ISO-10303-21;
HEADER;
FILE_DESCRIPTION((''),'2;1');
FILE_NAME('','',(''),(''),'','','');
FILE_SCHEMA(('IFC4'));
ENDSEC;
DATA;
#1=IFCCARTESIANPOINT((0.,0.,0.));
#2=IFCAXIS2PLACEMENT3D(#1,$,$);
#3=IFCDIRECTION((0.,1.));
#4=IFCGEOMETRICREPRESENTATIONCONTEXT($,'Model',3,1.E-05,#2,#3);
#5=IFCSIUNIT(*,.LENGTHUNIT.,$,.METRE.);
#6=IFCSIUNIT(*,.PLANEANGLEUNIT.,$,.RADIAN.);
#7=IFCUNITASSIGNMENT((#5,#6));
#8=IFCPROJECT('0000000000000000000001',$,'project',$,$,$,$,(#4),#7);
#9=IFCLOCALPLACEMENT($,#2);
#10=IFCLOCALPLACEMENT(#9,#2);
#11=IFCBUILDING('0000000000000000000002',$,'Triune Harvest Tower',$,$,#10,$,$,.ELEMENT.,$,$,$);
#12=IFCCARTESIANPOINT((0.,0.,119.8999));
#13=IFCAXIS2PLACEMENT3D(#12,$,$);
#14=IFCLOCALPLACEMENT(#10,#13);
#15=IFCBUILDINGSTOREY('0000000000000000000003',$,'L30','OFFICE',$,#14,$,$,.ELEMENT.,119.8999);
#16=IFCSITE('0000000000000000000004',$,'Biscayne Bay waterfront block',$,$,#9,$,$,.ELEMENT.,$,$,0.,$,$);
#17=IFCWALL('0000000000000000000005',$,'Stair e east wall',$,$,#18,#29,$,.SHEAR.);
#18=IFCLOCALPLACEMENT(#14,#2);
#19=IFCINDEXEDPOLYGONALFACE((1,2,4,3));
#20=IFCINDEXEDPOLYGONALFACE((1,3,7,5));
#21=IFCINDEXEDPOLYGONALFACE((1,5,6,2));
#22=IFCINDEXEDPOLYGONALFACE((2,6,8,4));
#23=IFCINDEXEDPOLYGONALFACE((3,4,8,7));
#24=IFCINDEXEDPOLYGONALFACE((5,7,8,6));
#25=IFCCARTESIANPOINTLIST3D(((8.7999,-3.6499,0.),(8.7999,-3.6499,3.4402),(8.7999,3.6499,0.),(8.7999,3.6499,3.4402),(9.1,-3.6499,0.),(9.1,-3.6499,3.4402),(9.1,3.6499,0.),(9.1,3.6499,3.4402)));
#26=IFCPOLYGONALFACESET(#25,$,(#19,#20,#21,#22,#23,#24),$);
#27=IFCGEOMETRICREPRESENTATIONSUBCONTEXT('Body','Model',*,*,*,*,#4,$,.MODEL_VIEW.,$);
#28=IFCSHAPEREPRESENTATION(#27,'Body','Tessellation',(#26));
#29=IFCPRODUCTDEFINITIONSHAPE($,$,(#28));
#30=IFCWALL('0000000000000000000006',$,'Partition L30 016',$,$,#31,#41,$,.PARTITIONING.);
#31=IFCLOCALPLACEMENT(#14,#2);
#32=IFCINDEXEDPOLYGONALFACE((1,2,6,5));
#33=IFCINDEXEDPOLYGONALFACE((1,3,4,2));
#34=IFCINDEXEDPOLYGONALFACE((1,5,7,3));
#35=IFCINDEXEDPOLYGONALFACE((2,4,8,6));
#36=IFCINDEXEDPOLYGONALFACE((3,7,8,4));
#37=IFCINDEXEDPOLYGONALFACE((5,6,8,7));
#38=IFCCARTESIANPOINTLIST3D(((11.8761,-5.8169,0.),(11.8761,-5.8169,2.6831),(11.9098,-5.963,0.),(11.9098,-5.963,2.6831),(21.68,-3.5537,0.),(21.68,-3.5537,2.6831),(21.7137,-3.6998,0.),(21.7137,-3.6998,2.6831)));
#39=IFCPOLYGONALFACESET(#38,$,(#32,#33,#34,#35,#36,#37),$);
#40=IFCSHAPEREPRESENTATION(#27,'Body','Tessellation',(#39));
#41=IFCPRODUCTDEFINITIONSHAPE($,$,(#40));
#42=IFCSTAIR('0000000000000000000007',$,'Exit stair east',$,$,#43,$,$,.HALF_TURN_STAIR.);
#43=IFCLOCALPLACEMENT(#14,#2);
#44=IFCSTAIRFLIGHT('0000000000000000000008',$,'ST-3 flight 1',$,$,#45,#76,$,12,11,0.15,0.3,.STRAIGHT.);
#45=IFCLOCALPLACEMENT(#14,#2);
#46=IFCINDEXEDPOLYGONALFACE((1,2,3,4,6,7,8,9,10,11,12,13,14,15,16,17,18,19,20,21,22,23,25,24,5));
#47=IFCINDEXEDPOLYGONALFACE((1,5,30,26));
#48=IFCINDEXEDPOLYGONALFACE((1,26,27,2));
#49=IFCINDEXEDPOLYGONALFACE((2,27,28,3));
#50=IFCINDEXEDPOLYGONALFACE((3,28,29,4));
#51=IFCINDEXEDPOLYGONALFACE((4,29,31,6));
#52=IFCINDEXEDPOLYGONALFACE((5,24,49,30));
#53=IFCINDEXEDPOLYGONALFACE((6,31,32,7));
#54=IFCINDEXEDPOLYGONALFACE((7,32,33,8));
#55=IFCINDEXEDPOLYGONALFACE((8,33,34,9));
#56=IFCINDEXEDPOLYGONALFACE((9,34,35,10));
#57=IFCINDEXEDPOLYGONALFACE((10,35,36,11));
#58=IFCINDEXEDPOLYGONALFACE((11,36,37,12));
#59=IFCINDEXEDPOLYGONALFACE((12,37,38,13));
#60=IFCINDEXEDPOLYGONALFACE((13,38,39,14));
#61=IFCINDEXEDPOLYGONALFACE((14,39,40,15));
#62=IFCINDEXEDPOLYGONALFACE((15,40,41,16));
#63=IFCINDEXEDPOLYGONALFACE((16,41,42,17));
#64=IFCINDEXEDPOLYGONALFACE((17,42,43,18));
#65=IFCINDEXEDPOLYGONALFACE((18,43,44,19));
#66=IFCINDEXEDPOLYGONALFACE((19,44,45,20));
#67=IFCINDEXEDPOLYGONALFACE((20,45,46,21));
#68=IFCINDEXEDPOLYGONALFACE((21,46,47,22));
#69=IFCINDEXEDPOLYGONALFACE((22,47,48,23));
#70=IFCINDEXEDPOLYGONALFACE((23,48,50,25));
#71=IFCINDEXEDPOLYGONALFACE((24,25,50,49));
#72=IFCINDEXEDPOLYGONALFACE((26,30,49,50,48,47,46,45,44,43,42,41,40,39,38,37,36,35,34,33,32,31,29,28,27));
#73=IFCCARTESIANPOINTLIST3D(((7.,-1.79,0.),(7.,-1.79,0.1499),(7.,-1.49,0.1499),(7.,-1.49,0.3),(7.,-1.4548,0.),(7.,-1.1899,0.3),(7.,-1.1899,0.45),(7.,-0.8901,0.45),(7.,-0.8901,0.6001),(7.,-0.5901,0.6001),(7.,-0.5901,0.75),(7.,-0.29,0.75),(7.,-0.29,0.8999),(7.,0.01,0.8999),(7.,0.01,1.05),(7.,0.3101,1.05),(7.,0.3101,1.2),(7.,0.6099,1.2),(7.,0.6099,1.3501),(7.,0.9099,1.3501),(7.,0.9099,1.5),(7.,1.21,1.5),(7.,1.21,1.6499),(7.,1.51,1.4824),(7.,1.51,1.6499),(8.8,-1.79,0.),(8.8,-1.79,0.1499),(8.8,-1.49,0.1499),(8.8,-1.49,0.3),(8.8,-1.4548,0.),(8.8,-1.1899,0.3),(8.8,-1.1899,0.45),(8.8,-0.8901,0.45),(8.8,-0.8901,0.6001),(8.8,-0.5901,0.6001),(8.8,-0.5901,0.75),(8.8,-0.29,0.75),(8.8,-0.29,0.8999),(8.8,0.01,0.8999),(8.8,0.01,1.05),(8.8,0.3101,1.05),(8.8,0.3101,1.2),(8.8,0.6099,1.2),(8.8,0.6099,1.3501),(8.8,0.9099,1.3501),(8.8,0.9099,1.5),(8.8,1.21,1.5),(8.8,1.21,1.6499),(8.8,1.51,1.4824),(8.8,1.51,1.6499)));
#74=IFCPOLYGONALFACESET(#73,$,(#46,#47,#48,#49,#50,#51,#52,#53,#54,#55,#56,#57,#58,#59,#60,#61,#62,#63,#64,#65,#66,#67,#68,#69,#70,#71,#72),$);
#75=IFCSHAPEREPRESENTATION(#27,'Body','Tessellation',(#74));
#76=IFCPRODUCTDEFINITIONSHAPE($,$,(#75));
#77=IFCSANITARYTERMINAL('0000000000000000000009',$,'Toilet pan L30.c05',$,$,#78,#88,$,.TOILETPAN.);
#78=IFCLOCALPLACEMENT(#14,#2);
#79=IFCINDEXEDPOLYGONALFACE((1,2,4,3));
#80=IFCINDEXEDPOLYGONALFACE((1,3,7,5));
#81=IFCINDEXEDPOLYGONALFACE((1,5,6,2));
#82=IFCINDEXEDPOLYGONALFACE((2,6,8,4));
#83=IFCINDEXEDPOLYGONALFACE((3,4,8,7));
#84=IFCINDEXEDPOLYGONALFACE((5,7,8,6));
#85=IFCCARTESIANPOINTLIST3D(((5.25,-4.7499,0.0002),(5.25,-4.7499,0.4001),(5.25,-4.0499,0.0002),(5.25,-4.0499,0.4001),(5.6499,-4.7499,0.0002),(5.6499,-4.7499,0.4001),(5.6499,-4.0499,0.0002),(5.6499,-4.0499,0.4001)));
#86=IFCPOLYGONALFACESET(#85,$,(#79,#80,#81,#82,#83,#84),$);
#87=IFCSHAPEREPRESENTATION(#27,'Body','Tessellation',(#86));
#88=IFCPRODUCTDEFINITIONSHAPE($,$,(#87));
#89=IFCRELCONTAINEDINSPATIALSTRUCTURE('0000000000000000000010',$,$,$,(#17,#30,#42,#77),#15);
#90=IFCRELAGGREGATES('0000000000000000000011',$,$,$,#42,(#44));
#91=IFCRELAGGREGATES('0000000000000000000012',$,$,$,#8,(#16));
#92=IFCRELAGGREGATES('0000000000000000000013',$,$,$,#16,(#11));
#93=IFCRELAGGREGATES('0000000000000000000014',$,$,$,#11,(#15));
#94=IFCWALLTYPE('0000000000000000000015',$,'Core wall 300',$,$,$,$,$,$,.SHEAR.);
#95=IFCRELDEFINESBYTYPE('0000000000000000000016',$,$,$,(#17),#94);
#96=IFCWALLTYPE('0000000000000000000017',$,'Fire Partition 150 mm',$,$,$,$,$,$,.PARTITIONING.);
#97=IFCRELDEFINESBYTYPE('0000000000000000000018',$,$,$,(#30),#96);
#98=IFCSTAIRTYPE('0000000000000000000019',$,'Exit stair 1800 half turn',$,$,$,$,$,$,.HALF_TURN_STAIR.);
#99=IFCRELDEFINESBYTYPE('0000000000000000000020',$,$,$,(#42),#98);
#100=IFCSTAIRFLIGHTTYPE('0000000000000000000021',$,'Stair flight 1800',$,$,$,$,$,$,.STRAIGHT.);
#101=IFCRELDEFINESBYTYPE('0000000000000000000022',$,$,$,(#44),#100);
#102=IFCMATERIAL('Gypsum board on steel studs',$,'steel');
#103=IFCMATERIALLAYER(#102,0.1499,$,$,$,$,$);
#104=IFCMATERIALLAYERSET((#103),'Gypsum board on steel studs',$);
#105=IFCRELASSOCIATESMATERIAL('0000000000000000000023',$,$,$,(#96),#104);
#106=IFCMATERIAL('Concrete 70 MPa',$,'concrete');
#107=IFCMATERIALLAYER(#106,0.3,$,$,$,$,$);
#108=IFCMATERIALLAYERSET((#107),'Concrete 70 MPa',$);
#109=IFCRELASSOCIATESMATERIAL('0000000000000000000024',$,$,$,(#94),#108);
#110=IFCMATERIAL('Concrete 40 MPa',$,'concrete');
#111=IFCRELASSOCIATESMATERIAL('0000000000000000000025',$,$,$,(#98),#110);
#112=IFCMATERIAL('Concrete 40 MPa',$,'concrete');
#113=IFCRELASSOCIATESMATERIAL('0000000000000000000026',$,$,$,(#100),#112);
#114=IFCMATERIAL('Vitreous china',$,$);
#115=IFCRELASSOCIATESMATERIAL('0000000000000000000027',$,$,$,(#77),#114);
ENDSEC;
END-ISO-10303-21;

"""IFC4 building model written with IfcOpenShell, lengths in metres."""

from ifc_helpers import new_model, si_unit, direction, frame, frame_2d, origin, origin_2d, place, context, subcontext, project, spatial, polyline, rectangle, outline, extrude, source, transform, mapped, material, layer, layer_set, type_object, element, aggregate, save


model = new_model("IFC4")

# Units and contexts
model_context = context("Model", 3, precision=1e-05, world=origin(), true_north=direction((0.0, 1.0)))
body_context = subcontext(model_context, "Body", "Model", "MODEL_VIEW")
ifc_project = project(units=[si_unit("LENGTHUNIT", "METRE"), si_unit("PLANEANGLEUNIT", "RADIAN")], contexts=[model_context])

# Site, building, storey
site_placement = place(None, origin())
site = spatial("IfcSite", under=ifc_project, at=site_placement, Name="Biscayne Bay waterfront block", CompositionType="ELEMENT", RefElevation=0.0)
building_placement = place(site_placement, origin())
building = spatial("IfcBuilding", under=site, at=building_placement, Name="Triune Harvest Tower", CompositionType="ELEMENT")
storey_placement = place(building_placement, frame((0.0, 0.0, 119.8999)))
storey = spatial("IfcBuildingStorey", under=building, at=storey_placement, Name="L30", Description="OFFICE", CompositionType="ELEMENT", Elevation=119.8999)

# Shared definitions
ifc_material_1 = material(Name="Gypsum board on steel studs", Category="steel")
ifc_layer_1 = layer(ifc_material_1, 0.1499)
ifc_layer_set_1 = layer_set([ifc_layer_1], Name="Gypsum board on steel studs")
wall_type_1 = type_object("IfcWallType", Name="Fire Partition 150 mm", PredefinedType="PARTITIONING", material=ifc_layer_set_1)

# Shared definitions
ifc_material_2 = material(Name="Concrete 70 MPa", Category="concrete")
ifc_layer_2 = layer(ifc_material_2, 0.3)
ifc_layer_set_2 = layer_set([ifc_layer_2], Name="Concrete 70 MPa")
wall_type_2 = type_object("IfcWallType", Name="Core wall 300", PredefinedType="SHEAR", material=ifc_layer_set_2)

# Walls
shared_shape_1 = source(origin(), body_context, "Body", "SweptSolid", [
    extrude(rectangle(XDim=7.2998, YDim=0.3, at=frame_2d((3.6499, 0.0))), origin(), (0.0, 0.0, 1.0), 3.4402),
])
wall_1_placement = place(storey_placement, frame((8.95, -3.6499, 0.0), z_axis=(0.0, 0.0, 1.0), x_axis=(0.0, 1.0, 0.0)))
element("IfcWall", 1, at=wall_1_placement, inside=storey, type_object=wall_type_2, Name="Stair e east wall", PredefinedType="SHEAR", context=body_context, shape_type="MappedRepresentation", body=[
    mapped(shared_shape_1, transform((0.0, 0.0, 0.0), scale=1.0)),
])
shared_shape_2 = source(origin(), body_context, "Body", "SweptSolid", [
    extrude(rectangle(XDim=10.0618, YDim=0.1499, at=frame_2d((5.0308, 0.0))), origin(), (0.0, 0.0, 1.0), 2.6831),
])
wall_2_placement = place(storey_placement, frame((11.8931, -5.8899, 0.0), z_axis=(0.0, 0.0, 1.0), x_axis=(0.974375, 0.224929, 0.0)))
element("IfcWall", 2, at=wall_2_placement, inside=storey, type_object=wall_type_1, Name="Partition L30 016", PredefinedType="PARTITIONING", context=body_context, shape_type="MappedRepresentation", body=[
    mapped(shared_shape_2, transform((0.0, 0.0, 0.0), scale=1.0)),
])

# Stair, stair flight
ifc_material_3 = material(Name="Concrete 40 MPa", Category="concrete")
stair_type = type_object("IfcStairType", Name="Exit stair 1800 half turn", PredefinedType="HALF_TURN_STAIR", material=ifc_material_3)
stair_placement = place(storey_placement, origin())
stair = element("IfcStair", 3, at=stair_placement, inside=storey, type_object=stair_type, Name="Exit stair east", PredefinedType="HALF_TURN_STAIR")
ifc_material_4 = material(Name="Concrete 40 MPa", Category="concrete")
stair_flight_type = type_object("IfcStairFlightType", Name="Stair flight 1800", PredefinedType="STRAIGHT", material=ifc_material_4)
shared_shape_3 = source(origin(), body_context, "Body", "SweptSolid", [
    extrude(outline(polyline([(0.0, 0.0), (0.0, 0.1499), (0.3, 0.1499), (0.3, 0.3), (0.6001, 0.3), (0.6001, 0.45), (0.8999, 0.45), (0.8999, 0.6001), (1.2, 0.6001), (1.2, 0.75), (1.5, 0.75), (1.5, 0.8999), (1.8, 0.8999), (1.8, 1.05), (2.1001, 1.05), (2.1001, 1.2), (2.3999, 1.2), (2.3999, 1.3501), (2.7, 1.3501), (2.7, 1.5), (3.0, 1.5), (3.0, 1.6499), (3.3, 1.6499), (3.3, 1.8), (3.3, 1.4824), (0.3352, 0.0), (0.0, 0.0)])), frame((0.0, 0.8999, 0.0), z_axis=(0.0, -1.0, 0.0), x_axis=(1.0, 0.0, 0.0)), (0.0, 0.0, 1.0), 1.8),
])
stair_flight_placement = place(storey_placement, frame((7.8999, -1.79, 0.0), z_axis=(0.0, 0.0, 1.0), x_axis=(0.0, 1.0, 0.0)))
stair_flight = element("IfcStairFlight", 4, at=stair_flight_placement, type_object=stair_flight_type, Name="ST-3 flight 1", NumberOfRisers=12, NumberOfTreads=11, PredefinedType="STRAIGHT", RiserHeight=0.15, TreadLength=0.3, context=body_context, shape_type="MappedRepresentation", body=[
    mapped(shared_shape_3, transform((0.0, 0.0, 0.0), scale=1.0)),
])
aggregate(stair, [stair_flight])

# Sanitary terminal
ifc_material_5 = material(Name="Vitreous china")
shared_shape_4 = source(origin(), body_context, "Body", "SweptSolid", [
    extrude(rectangle(XDim=0.3999, YDim=0.7, at=origin_2d()), origin(), (0.0, 0.0, 1.0), 0.3999),
])
sanitary_terminal_placement = place(storey_placement, frame((5.45, -4.3999, 0.0002), z_axis=(0.0, 0.0, 1.0), x_axis=(1.0, 0.0, 0.0)))
element("IfcSanitaryTerminal", 5, at=sanitary_terminal_placement, inside=storey, material=ifc_material_5, Name="Toilet pan L30.c05", PredefinedType="TOILETPAN", context=body_context, shape_type="MappedRepresentation", body=[
    mapped(shared_shape_4, transform((0.0, 0.0, 0.0), scale=1.0)),
])

save(model, "model.ifc")
